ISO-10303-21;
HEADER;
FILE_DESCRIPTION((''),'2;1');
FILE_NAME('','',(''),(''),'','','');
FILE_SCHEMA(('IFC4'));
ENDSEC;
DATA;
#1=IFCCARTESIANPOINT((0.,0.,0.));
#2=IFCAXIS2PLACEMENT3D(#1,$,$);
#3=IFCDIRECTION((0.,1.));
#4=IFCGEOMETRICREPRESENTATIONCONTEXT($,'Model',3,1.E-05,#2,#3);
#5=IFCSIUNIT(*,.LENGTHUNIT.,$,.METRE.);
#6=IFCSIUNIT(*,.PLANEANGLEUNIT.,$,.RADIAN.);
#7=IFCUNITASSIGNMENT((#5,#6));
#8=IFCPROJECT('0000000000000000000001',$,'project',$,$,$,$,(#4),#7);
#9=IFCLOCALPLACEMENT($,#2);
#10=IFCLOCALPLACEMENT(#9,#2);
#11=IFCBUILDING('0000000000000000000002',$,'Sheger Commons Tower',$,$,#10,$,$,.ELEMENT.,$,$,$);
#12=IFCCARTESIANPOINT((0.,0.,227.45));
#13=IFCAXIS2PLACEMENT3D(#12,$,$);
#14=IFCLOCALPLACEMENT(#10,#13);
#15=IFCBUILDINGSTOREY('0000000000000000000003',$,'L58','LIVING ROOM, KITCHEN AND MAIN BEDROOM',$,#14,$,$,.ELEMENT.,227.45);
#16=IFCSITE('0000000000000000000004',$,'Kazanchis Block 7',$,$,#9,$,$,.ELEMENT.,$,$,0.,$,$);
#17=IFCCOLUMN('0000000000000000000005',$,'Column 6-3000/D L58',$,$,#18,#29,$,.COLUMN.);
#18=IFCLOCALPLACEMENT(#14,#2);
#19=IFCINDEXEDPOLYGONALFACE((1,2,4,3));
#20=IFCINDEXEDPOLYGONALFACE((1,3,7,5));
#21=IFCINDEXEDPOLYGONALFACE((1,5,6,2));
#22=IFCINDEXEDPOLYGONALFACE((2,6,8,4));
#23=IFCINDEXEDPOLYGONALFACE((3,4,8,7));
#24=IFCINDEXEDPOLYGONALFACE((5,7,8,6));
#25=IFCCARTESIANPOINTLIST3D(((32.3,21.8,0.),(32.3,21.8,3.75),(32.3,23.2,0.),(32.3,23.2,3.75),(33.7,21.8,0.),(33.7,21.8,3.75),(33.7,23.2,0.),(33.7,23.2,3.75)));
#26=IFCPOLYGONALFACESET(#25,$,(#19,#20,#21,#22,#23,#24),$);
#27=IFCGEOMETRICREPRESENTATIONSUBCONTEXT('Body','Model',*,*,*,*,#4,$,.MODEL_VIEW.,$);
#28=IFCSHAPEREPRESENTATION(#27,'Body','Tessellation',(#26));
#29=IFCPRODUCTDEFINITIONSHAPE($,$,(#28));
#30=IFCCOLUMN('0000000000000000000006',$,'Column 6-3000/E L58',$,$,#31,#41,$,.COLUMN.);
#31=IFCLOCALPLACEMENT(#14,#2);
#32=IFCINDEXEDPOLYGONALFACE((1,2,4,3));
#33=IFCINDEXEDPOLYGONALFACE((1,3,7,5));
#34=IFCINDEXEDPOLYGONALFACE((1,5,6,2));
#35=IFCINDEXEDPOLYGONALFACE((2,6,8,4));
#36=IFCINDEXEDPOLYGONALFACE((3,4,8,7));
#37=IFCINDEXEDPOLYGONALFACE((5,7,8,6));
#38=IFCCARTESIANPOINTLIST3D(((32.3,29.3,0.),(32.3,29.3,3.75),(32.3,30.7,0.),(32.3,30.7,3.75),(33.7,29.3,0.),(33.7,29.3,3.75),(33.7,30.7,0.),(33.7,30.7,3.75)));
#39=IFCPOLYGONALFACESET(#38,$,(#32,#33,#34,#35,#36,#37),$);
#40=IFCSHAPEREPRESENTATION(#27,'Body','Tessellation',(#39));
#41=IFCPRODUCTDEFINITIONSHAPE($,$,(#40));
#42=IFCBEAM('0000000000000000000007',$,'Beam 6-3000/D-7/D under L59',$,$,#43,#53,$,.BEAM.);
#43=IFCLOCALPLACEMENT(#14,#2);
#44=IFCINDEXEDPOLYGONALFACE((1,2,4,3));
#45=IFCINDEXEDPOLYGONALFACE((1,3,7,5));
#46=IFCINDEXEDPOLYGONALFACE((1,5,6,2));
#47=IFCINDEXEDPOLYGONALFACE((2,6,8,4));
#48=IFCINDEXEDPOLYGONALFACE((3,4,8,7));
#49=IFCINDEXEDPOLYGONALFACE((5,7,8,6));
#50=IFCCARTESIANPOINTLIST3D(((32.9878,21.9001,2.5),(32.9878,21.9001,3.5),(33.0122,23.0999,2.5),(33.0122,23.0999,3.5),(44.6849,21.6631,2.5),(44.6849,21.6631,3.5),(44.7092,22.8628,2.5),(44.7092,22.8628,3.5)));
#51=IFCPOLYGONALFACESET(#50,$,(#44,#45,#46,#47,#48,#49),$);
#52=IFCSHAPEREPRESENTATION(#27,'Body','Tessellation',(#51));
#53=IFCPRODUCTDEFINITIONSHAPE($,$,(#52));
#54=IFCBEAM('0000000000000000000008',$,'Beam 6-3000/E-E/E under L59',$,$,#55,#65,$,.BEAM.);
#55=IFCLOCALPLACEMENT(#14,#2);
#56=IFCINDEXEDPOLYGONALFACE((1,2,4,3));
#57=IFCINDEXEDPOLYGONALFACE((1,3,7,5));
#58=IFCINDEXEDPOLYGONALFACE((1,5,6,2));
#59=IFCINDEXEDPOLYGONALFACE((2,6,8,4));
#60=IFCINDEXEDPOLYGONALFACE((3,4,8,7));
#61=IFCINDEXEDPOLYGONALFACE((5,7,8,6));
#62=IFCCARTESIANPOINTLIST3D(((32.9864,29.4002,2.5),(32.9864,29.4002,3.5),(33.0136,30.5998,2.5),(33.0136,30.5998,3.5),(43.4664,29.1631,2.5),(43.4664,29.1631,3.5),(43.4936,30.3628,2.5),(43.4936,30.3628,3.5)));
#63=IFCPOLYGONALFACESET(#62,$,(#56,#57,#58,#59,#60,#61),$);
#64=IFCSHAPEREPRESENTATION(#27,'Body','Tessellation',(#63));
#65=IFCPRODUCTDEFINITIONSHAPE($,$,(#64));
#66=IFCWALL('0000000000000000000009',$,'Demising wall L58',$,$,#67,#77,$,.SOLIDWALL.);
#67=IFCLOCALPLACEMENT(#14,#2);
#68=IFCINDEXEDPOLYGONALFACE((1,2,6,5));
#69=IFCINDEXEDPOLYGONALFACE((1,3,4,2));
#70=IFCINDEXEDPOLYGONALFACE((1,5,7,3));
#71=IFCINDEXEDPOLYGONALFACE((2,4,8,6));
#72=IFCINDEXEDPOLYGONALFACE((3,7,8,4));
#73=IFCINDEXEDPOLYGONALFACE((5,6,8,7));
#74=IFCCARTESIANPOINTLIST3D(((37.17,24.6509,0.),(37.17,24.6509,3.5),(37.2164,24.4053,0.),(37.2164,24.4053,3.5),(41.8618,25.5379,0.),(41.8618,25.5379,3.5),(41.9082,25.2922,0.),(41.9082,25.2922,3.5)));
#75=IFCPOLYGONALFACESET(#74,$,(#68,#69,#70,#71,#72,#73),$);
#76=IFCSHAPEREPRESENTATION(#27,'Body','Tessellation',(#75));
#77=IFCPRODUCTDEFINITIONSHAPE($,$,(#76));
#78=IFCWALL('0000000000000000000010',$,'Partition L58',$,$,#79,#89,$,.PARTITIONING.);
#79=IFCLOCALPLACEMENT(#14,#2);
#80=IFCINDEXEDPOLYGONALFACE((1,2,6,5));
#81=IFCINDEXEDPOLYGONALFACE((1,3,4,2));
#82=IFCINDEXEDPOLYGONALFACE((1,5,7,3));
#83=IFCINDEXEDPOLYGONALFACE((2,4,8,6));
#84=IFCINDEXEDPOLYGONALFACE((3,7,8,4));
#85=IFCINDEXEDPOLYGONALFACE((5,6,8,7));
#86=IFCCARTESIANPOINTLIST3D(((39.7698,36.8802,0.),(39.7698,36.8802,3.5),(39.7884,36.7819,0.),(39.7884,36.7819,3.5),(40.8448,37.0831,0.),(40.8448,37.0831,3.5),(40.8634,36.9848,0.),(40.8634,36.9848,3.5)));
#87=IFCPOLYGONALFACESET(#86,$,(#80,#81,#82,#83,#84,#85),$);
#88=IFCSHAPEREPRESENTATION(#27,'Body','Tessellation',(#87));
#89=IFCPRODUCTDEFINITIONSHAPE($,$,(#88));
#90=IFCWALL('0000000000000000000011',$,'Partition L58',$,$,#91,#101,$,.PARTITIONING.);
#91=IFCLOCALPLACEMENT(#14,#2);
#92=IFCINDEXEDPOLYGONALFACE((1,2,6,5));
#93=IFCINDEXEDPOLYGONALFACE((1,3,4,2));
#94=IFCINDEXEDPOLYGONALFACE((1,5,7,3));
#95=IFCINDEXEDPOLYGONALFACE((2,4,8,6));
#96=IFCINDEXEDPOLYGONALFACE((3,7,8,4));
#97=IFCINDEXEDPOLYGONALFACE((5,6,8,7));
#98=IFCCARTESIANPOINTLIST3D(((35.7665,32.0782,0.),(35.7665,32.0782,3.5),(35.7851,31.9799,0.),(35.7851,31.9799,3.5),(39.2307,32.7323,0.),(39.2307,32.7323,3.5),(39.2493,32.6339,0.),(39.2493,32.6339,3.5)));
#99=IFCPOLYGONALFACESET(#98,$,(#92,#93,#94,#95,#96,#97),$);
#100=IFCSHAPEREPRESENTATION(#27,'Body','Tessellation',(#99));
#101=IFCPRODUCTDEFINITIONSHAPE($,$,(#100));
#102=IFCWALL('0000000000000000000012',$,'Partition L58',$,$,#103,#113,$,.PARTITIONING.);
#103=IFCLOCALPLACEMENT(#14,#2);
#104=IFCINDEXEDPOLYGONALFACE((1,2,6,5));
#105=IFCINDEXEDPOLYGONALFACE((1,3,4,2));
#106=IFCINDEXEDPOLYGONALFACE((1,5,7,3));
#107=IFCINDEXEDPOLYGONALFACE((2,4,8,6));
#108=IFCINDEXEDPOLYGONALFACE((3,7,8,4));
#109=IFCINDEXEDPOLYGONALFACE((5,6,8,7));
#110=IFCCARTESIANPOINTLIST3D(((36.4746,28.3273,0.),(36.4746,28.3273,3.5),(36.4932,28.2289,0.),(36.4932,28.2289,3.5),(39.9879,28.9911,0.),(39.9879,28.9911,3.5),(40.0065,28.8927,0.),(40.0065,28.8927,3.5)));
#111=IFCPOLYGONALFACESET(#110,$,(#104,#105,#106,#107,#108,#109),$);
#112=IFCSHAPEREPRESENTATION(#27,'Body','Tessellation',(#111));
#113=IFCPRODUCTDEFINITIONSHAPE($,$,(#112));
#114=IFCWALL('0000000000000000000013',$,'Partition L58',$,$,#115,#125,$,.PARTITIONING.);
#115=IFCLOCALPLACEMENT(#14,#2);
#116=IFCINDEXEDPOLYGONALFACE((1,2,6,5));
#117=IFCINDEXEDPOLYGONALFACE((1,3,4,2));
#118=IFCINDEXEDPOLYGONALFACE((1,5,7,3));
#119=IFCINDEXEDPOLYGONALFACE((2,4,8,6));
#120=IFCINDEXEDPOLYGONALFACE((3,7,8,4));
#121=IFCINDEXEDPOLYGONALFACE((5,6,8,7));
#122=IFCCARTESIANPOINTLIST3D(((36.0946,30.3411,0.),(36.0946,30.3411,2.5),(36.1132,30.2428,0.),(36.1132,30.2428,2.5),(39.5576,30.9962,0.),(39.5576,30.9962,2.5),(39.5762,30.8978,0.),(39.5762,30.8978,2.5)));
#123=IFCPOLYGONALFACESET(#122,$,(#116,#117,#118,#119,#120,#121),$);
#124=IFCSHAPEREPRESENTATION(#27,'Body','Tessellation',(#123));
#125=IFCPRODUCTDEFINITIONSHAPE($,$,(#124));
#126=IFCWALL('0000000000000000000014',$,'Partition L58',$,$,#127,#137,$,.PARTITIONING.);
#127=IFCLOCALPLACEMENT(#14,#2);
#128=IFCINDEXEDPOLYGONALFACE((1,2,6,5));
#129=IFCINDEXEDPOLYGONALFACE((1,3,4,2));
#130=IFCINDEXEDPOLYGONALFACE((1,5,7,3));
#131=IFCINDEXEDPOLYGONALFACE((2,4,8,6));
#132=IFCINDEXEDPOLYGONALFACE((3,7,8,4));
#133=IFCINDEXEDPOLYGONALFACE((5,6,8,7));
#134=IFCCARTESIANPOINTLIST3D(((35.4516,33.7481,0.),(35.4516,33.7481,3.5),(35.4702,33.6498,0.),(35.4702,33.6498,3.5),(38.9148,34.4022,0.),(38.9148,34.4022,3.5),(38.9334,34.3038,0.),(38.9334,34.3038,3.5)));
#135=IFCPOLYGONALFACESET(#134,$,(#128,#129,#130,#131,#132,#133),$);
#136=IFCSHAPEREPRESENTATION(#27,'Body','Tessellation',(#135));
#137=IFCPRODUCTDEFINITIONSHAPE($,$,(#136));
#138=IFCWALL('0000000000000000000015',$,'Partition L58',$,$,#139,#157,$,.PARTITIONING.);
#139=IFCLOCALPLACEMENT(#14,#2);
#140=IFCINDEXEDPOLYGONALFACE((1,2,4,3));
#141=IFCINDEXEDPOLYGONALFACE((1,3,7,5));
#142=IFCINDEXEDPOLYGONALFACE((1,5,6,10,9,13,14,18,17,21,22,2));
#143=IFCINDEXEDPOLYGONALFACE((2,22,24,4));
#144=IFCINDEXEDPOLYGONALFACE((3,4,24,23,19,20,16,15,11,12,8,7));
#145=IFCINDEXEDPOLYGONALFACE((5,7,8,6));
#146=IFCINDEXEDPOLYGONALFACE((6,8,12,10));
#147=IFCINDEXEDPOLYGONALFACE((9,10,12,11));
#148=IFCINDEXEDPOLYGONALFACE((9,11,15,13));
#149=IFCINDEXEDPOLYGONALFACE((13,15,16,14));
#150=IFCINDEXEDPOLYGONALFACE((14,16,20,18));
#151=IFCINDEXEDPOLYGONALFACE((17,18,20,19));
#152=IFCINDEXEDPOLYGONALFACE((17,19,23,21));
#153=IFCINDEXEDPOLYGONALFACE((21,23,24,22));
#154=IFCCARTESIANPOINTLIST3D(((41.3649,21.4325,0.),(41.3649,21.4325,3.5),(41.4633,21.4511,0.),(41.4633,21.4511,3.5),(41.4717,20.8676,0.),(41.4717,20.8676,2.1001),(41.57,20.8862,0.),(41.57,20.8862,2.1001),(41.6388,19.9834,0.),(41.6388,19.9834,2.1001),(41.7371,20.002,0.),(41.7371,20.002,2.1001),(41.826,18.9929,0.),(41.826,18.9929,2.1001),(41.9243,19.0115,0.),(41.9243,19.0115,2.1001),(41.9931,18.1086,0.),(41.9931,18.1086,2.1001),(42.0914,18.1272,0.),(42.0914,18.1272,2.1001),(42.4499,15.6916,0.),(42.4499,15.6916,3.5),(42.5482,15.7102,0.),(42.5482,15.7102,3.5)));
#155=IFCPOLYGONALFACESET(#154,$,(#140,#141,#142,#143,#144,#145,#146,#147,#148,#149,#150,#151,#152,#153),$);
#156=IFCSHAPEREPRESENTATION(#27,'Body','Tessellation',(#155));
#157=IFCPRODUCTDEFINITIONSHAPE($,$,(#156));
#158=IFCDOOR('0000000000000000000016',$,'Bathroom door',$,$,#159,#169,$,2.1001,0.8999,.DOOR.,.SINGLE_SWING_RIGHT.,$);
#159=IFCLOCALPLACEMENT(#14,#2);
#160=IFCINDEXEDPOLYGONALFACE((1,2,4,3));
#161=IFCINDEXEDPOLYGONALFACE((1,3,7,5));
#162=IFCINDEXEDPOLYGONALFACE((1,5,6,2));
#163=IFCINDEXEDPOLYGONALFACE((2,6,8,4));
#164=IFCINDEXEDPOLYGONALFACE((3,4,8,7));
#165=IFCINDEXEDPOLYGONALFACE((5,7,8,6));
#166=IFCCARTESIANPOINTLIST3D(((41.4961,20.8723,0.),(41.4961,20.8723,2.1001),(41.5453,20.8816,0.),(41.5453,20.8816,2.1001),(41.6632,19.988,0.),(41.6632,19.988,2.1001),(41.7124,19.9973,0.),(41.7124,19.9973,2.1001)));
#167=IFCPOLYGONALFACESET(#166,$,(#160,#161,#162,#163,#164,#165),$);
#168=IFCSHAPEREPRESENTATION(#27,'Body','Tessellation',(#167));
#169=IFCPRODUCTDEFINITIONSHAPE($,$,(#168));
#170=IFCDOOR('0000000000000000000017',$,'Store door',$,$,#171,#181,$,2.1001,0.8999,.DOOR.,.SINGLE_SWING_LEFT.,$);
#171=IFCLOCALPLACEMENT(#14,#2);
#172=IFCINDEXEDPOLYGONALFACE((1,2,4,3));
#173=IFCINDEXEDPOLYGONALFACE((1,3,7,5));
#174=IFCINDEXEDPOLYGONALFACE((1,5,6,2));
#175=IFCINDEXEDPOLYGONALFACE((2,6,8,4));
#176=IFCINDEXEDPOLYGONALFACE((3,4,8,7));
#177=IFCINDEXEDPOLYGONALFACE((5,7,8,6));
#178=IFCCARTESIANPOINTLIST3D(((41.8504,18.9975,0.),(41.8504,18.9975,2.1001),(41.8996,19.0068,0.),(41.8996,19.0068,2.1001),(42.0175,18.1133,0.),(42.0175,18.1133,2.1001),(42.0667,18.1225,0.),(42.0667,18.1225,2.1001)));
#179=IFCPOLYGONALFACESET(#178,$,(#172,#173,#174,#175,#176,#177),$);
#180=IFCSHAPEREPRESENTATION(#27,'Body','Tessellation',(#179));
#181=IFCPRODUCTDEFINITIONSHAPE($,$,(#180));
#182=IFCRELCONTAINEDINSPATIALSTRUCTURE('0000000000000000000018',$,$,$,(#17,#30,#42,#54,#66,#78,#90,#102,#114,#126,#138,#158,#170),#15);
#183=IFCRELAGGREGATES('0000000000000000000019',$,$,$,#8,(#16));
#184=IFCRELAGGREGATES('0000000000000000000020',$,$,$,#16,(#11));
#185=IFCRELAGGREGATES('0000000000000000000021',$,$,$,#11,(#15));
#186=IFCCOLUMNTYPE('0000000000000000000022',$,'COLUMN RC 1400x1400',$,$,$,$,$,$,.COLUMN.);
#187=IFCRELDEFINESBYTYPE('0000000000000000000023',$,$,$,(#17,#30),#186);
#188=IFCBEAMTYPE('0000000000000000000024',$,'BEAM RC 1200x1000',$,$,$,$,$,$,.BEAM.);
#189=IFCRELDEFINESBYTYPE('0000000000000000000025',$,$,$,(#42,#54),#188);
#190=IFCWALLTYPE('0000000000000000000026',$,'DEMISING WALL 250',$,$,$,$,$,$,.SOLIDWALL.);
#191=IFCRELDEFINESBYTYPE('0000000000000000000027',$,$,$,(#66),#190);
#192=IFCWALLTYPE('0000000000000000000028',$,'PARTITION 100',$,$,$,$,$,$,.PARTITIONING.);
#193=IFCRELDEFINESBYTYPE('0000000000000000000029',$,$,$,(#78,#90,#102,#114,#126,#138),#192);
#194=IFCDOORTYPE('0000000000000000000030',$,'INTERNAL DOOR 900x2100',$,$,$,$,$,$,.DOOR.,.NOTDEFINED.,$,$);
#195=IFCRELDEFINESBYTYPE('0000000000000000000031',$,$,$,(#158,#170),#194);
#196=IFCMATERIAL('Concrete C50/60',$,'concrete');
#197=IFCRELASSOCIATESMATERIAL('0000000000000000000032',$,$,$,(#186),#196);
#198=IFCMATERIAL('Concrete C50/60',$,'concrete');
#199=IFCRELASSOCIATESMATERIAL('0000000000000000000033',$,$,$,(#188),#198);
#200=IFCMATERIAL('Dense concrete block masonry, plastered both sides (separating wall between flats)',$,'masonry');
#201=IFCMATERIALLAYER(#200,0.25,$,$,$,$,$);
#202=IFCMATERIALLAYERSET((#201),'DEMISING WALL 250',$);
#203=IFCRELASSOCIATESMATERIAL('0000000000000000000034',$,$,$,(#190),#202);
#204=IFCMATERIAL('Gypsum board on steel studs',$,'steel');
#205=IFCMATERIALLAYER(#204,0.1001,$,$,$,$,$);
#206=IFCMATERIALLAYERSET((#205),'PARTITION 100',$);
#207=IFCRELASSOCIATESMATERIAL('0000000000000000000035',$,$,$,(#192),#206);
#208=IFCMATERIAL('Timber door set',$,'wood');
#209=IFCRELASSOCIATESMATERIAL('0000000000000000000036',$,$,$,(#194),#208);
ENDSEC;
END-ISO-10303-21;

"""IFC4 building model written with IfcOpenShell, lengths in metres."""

from ifc_helpers import new_model, si_unit, direction, frame, frame_2d, origin, origin_2d, place, context, subcontext, project, spatial, rectangle, extrude, material, layer, layer_set, material_profile, profile_set, type_object, element, fill, save


model = new_model("IFC4")

# Units and contexts
model_context = context("Model", 3, precision=1e-05, world=origin(), true_north=direction((0.0, 1.0)))
body_context = subcontext(model_context, "Body", "Model", "MODEL_VIEW")
ifc_project = project(units=[si_unit("LENGTHUNIT", "METRE"), si_unit("PLANEANGLEUNIT", "RADIAN")], contexts=[model_context])

# Site, building, storey
site_placement = place(None, origin())
site = spatial("IfcSite", under=ifc_project, at=site_placement, Name="Kazanchis Block 7", CompositionType="ELEMENT", RefElevation=0.0)
building_placement = place(site_placement, origin())
building = spatial("IfcBuilding", under=site, at=building_placement, Name="Sheger Commons Tower", CompositionType="ELEMENT")
storey_placement = place(building_placement, frame((0.0, 0.0, 227.45)))
storey = spatial("IfcBuildingStorey", under=building, at=storey_placement, Name="L58", Description="LIVING ROOM, KITCHEN AND MAIN BEDROOM", CompositionType="ELEMENT", Elevation=227.45)

# Columns
ifc_material_1 = material(Name="Concrete C50/60", Category="concrete")
ifc_material_profile_1 = material_profile(ifc_material_1, rectangle(XDim=1.3999, YDim=1.3999, at=origin_2d()), Name="RC 1400x1400")
ifc_profile_set_1 = profile_set([ifc_material_profile_1], Name="Concrete C50/60")
column_type = type_object("IfcColumnType", Name="COLUMN RC 1400x1400", PredefinedType="COLUMN", material=ifc_profile_set_1)
for number, where, z_axis, x_axis, name in (
    (1, (33.0, 22.5, 0.0), (0.0, 0.0, 1.0), (1.0, 0.0, 0.0), "Column 6-3000/D L58"),
    (2, (33.0, 30.0, 0.0), (0.0, 0.0, 1.0), (1.0, 0.0, 0.0), "Column 6-3000/E L58"),
):
    element("IfcColumn", number, at=place(storey_placement, frame(where, z_axis=z_axis, x_axis=x_axis)), inside=storey, type_object=column_type, Name=name, PredefinedType="COLUMN", context=body_context, shape_type="SweptSolid", body=[
        extrude(rectangle(XDim=1.3999, YDim=1.3999, at=origin_2d()), origin(), (0.0, 0.0, 1.0), 3.75),
    ])

# Beams
ifc_material_2 = material(Name="Concrete C50/60", Category="concrete")
ifc_material_profile_2 = material_profile(ifc_material_2, rectangle(XDim=1.2, YDim=1.0, at=origin_2d()), Name="RC 1200x1000")
ifc_profile_set_2 = profile_set([ifc_material_profile_2], Name="Concrete C50/60")
beam_type = type_object("IfcBeamType", Name="BEAM RC 1200x1000", PredefinedType="BEAM", material=ifc_profile_set_2)
beam_1_placement = place(storey_placement, frame((33.0, 22.5, 3.0), z_axis=(0.999795, -0.020263, 0.0), x_axis=(0.020263, 0.999795, 0.0)))
element("IfcBeam", 3, at=beam_1_placement, inside=storey, type_object=beam_type, Name="Beam 6-3000/D-7/D under L59", PredefinedType="BEAM", context=body_context, shape_type="SweptSolid", body=[
    extrude(rectangle(XDim=1.2, YDim=1.0, at=origin_2d()), origin(), (0.0, 0.0, 1.0), 11.6995),
])
beam_2_placement = place(storey_placement, frame((33.0, 30.0, 3.0), z_axis=(0.999744, -0.022615, 0.0), x_axis=(0.022615, 0.999744, 0.0)))
element("IfcBeam", 4, at=beam_2_placement, inside=storey, type_object=beam_type, Name="Beam 6-3000/E-E/E under L59", PredefinedType="BEAM", context=body_context, shape_type="SweptSolid", body=[
    extrude(rectangle(XDim=1.2, YDim=1.0, at=origin_2d()), origin(), (0.0, 0.0, 1.0), 10.4827),
])

# Walls
ifc_material_3 = material(Name="Dense concrete block masonry, plastered both sides (separating wall between flats)", Category="masonry")
ifc_layer_1 = layer(ifc_material_3, 0.25)
ifc_layer_set_1 = layer_set([ifc_layer_1], Name="DEMISING WALL 250")
wall_type_1 = type_object("IfcWallType", Name="DEMISING WALL 250", PredefinedType="SOLIDWALL", material=ifc_layer_set_1)
wall_1_placement = place(storey_placement, frame((41.885, 25.415, 0.0), z_axis=(0.0, 0.0, 1.0), x_axis=(-0.982597, -0.185752, 0.0)))
element("IfcWall", 5, at=wall_1_placement, inside=storey, type_object=wall_type_1, Name="Demising wall L58", PredefinedType="SOLIDWALL", context=body_context, shape_type="SweptSolid", body=[
    extrude(rectangle(XDim=4.7749, YDim=0.25, at=frame_2d((2.3875, 0.0))), origin(), (0.0, 0.0, 1.0), 3.5),
])
ifc_material_4 = material(Name="Gypsum board on steel studs", Category="steel")
ifc_layer_2 = layer(ifc_material_4, 0.1001)
ifc_layer_set_2 = layer_set([ifc_layer_2], Name="PARTITION 100")
wall_type_2 = type_object("IfcWallType", Name="PARTITION 100", PredefinedType="PARTITIONING", material=ifc_layer_set_2)
wall_2_placement = place(storey_placement, frame((40.854, 37.0339, 0.0), z_axis=(0.0, 0.0, 1.0), x_axis=(-0.982652, -0.185461, 0.0)))
element("IfcWall", 6, at=wall_2_placement, inside=storey, type_object=wall_type_2, Name="Partition L58", PredefinedType="PARTITIONING", context=body_context, shape_type="SweptSolid", body=[
    extrude(rectangle(XDim=1.094, YDim=0.1001, at=frame_2d((0.5469, 0.0))), origin(), (0.0, 0.0, 1.0), 3.5),
])
wall_3_placement = place(storey_placement, frame((39.24, 32.6831, 0.0), z_axis=(0.0, 0.0, 1.0), x_axis=(-0.982639, -0.18553, 0.0)))
element("IfcWall", 7, at=wall_3_placement, inside=storey, type_object=wall_type_2, Name="Partition L58", PredefinedType="PARTITIONING", context=body_context, shape_type="SweptSolid", body=[
    extrude(rectangle(XDim=3.5254, YDim=0.1001, at=frame_2d((1.7627, 0.0))), origin(), (0.0, 0.0, 1.0), 3.5),
])
wall_4_placement = place(storey_placement, frame((39.9971, 28.9419, 0.0), z_axis=(0.0, 0.0, 1.0), x_axis=(-0.982613, -0.185665, 0.0)))
element("IfcWall", 8, at=wall_4_placement, inside=storey, type_object=wall_type_2, Name="Partition L58", PredefinedType="PARTITIONING", context=body_context, shape_type="SweptSolid", body=[
    extrude(rectangle(XDim=3.5754, YDim=0.1001, at=frame_2d((1.7876, 0.0))), origin(), (0.0, 0.0, 1.0), 3.5),
])
wall_5_placement = place(storey_placement, frame((39.5669, 30.947, 0.0), z_axis=(0.0, 0.0, 1.0), x_axis=(-0.982576, -0.185861, 0.0)))
element("IfcWall", 9, at=wall_5_placement, inside=storey, type_object=wall_type_2, Name="Partition L58", PredefinedType="PARTITIONING", context=body_context, shape_type="SweptSolid", body=[
    extrude(rectangle(XDim=3.5244, YDim=0.1001, at=frame_2d((1.7622, 0.0))), origin(), (0.0, 0.0, 1.0), 2.5),
])
wall_6_placement = place(storey_placement, frame((38.9241, 34.353, 0.0), z_axis=(0.0, 0.0, 1.0), x_axis=(-0.982629, -0.185581, 0.0)))
element("IfcWall", 10, at=wall_6_placement, inside=storey, type_object=wall_type_2, Name="Partition L58", PredefinedType="PARTITIONING", context=body_context, shape_type="SweptSolid", body=[
    extrude(rectangle(XDim=3.5244, YDim=0.1001, at=frame_2d((1.7622, 0.0))), origin(), (0.0, 0.0, 1.0), 3.5),
])

# Wall, openings, doors
wall_7_placement = place(storey_placement, frame((41.4141, 21.4419, 0.0), z_axis=(0.0, 0.0, 1.0), x_axis=(0.185699, -0.982607, 0.0)))
wall_7 = element("IfcWall", 11, at=wall_7_placement, inside=storey, type_object=wall_type_2, Name="Partition L58", PredefinedType="PARTITIONING", context=body_context, shape_type="SweptSolid", body=[
    extrude(rectangle(XDim=5.8425, YDim=0.1001, at=frame_2d((2.9214, 0.0))), origin(), (0.0, 0.0, 1.0), 3.5),
])
opening_1_placement = place(wall_7_placement, frame((0.575, 0.0, 0.0)))
opening_1 = element("IfcOpeningElement", 12, at=opening_1_placement, cuts=wall_7, PredefinedType="OPENING", context=body_context, shape_type="SweptSolid", body=[
    extrude(rectangle(XDim=0.8999, YDim=2.1001, at=frame_2d((0.45, 1.05))), frame((0.0, 0.0601, 0.0), z_axis=(0.0, -1.0, 0.0), x_axis=(1.0, 0.0, 0.0)), (0.0, 0.0, 1.0), 0.1201),
])
opening_2_placement = place(wall_7_placement, frame((2.4829, 0.0, 0.0)))
opening_2 = element("IfcOpeningElement", 13, at=opening_2_placement, cuts=wall_7, PredefinedType="OPENING", context=body_context, shape_type="SweptSolid", body=[
    extrude(rectangle(XDim=0.8999, YDim=2.1001, at=frame_2d((0.45, 1.05))), frame((0.0, 0.0601, 0.0), z_axis=(0.0, -1.0, 0.0), x_axis=(1.0, 0.0, 0.0)), (0.0, 0.0, 1.0), 0.1201),
])
ifc_material_5 = material(Name="Timber door set", Category="wood")
door_type_1 = type_object("IfcDoorType", Name="INTERNAL DOOR 900x2100", OperationType="NOTDEFINED", PredefinedType="DOOR", material=ifc_material_5)
door_1_placement = place(opening_1_placement, origin())
door_1 = element("IfcDoor", 14, at=door_1_placement, inside=storey, type_object=door_type_1, Name="Bathroom door", OperationType="SINGLE_SWING_RIGHT", OverallHeight=2.1001, OverallWidth=0.8999, PredefinedType="DOOR", context=body_context, shape_type="SweptSolid", body=[
    extrude(rectangle(XDim=0.8999, YDim=2.1001, at=frame_2d((0.45, 1.05))), frame((0.0, 0.0249, 0.0), z_axis=(0.0, -1.0, 0.0), x_axis=(1.0, 0.0, 0.0)), (0.0, 0.0, 1.0), 0.05),
])
fill(opening_1, door_1)
door_2_placement = place(opening_2_placement, origin())
door_2 = element("IfcDoor", 15, at=door_2_placement, inside=storey, type_object=door_type_1, Name="Store door", OperationType="SINGLE_SWING_LEFT", OverallHeight=2.1001, OverallWidth=0.8999, PredefinedType="DOOR", context=body_context, shape_type="SweptSolid", body=[
    extrude(rectangle(XDim=0.8999, YDim=2.1001, at=frame_2d((0.45, 1.05))), frame((0.0, 0.0249, 0.0), z_axis=(0.0, -1.0, 0.0), x_axis=(1.0, 0.0, 0.0)), (0.0, 0.0, 1.0), 0.05),
])
fill(opening_2, door_2)

save(model, "model.ifc")
